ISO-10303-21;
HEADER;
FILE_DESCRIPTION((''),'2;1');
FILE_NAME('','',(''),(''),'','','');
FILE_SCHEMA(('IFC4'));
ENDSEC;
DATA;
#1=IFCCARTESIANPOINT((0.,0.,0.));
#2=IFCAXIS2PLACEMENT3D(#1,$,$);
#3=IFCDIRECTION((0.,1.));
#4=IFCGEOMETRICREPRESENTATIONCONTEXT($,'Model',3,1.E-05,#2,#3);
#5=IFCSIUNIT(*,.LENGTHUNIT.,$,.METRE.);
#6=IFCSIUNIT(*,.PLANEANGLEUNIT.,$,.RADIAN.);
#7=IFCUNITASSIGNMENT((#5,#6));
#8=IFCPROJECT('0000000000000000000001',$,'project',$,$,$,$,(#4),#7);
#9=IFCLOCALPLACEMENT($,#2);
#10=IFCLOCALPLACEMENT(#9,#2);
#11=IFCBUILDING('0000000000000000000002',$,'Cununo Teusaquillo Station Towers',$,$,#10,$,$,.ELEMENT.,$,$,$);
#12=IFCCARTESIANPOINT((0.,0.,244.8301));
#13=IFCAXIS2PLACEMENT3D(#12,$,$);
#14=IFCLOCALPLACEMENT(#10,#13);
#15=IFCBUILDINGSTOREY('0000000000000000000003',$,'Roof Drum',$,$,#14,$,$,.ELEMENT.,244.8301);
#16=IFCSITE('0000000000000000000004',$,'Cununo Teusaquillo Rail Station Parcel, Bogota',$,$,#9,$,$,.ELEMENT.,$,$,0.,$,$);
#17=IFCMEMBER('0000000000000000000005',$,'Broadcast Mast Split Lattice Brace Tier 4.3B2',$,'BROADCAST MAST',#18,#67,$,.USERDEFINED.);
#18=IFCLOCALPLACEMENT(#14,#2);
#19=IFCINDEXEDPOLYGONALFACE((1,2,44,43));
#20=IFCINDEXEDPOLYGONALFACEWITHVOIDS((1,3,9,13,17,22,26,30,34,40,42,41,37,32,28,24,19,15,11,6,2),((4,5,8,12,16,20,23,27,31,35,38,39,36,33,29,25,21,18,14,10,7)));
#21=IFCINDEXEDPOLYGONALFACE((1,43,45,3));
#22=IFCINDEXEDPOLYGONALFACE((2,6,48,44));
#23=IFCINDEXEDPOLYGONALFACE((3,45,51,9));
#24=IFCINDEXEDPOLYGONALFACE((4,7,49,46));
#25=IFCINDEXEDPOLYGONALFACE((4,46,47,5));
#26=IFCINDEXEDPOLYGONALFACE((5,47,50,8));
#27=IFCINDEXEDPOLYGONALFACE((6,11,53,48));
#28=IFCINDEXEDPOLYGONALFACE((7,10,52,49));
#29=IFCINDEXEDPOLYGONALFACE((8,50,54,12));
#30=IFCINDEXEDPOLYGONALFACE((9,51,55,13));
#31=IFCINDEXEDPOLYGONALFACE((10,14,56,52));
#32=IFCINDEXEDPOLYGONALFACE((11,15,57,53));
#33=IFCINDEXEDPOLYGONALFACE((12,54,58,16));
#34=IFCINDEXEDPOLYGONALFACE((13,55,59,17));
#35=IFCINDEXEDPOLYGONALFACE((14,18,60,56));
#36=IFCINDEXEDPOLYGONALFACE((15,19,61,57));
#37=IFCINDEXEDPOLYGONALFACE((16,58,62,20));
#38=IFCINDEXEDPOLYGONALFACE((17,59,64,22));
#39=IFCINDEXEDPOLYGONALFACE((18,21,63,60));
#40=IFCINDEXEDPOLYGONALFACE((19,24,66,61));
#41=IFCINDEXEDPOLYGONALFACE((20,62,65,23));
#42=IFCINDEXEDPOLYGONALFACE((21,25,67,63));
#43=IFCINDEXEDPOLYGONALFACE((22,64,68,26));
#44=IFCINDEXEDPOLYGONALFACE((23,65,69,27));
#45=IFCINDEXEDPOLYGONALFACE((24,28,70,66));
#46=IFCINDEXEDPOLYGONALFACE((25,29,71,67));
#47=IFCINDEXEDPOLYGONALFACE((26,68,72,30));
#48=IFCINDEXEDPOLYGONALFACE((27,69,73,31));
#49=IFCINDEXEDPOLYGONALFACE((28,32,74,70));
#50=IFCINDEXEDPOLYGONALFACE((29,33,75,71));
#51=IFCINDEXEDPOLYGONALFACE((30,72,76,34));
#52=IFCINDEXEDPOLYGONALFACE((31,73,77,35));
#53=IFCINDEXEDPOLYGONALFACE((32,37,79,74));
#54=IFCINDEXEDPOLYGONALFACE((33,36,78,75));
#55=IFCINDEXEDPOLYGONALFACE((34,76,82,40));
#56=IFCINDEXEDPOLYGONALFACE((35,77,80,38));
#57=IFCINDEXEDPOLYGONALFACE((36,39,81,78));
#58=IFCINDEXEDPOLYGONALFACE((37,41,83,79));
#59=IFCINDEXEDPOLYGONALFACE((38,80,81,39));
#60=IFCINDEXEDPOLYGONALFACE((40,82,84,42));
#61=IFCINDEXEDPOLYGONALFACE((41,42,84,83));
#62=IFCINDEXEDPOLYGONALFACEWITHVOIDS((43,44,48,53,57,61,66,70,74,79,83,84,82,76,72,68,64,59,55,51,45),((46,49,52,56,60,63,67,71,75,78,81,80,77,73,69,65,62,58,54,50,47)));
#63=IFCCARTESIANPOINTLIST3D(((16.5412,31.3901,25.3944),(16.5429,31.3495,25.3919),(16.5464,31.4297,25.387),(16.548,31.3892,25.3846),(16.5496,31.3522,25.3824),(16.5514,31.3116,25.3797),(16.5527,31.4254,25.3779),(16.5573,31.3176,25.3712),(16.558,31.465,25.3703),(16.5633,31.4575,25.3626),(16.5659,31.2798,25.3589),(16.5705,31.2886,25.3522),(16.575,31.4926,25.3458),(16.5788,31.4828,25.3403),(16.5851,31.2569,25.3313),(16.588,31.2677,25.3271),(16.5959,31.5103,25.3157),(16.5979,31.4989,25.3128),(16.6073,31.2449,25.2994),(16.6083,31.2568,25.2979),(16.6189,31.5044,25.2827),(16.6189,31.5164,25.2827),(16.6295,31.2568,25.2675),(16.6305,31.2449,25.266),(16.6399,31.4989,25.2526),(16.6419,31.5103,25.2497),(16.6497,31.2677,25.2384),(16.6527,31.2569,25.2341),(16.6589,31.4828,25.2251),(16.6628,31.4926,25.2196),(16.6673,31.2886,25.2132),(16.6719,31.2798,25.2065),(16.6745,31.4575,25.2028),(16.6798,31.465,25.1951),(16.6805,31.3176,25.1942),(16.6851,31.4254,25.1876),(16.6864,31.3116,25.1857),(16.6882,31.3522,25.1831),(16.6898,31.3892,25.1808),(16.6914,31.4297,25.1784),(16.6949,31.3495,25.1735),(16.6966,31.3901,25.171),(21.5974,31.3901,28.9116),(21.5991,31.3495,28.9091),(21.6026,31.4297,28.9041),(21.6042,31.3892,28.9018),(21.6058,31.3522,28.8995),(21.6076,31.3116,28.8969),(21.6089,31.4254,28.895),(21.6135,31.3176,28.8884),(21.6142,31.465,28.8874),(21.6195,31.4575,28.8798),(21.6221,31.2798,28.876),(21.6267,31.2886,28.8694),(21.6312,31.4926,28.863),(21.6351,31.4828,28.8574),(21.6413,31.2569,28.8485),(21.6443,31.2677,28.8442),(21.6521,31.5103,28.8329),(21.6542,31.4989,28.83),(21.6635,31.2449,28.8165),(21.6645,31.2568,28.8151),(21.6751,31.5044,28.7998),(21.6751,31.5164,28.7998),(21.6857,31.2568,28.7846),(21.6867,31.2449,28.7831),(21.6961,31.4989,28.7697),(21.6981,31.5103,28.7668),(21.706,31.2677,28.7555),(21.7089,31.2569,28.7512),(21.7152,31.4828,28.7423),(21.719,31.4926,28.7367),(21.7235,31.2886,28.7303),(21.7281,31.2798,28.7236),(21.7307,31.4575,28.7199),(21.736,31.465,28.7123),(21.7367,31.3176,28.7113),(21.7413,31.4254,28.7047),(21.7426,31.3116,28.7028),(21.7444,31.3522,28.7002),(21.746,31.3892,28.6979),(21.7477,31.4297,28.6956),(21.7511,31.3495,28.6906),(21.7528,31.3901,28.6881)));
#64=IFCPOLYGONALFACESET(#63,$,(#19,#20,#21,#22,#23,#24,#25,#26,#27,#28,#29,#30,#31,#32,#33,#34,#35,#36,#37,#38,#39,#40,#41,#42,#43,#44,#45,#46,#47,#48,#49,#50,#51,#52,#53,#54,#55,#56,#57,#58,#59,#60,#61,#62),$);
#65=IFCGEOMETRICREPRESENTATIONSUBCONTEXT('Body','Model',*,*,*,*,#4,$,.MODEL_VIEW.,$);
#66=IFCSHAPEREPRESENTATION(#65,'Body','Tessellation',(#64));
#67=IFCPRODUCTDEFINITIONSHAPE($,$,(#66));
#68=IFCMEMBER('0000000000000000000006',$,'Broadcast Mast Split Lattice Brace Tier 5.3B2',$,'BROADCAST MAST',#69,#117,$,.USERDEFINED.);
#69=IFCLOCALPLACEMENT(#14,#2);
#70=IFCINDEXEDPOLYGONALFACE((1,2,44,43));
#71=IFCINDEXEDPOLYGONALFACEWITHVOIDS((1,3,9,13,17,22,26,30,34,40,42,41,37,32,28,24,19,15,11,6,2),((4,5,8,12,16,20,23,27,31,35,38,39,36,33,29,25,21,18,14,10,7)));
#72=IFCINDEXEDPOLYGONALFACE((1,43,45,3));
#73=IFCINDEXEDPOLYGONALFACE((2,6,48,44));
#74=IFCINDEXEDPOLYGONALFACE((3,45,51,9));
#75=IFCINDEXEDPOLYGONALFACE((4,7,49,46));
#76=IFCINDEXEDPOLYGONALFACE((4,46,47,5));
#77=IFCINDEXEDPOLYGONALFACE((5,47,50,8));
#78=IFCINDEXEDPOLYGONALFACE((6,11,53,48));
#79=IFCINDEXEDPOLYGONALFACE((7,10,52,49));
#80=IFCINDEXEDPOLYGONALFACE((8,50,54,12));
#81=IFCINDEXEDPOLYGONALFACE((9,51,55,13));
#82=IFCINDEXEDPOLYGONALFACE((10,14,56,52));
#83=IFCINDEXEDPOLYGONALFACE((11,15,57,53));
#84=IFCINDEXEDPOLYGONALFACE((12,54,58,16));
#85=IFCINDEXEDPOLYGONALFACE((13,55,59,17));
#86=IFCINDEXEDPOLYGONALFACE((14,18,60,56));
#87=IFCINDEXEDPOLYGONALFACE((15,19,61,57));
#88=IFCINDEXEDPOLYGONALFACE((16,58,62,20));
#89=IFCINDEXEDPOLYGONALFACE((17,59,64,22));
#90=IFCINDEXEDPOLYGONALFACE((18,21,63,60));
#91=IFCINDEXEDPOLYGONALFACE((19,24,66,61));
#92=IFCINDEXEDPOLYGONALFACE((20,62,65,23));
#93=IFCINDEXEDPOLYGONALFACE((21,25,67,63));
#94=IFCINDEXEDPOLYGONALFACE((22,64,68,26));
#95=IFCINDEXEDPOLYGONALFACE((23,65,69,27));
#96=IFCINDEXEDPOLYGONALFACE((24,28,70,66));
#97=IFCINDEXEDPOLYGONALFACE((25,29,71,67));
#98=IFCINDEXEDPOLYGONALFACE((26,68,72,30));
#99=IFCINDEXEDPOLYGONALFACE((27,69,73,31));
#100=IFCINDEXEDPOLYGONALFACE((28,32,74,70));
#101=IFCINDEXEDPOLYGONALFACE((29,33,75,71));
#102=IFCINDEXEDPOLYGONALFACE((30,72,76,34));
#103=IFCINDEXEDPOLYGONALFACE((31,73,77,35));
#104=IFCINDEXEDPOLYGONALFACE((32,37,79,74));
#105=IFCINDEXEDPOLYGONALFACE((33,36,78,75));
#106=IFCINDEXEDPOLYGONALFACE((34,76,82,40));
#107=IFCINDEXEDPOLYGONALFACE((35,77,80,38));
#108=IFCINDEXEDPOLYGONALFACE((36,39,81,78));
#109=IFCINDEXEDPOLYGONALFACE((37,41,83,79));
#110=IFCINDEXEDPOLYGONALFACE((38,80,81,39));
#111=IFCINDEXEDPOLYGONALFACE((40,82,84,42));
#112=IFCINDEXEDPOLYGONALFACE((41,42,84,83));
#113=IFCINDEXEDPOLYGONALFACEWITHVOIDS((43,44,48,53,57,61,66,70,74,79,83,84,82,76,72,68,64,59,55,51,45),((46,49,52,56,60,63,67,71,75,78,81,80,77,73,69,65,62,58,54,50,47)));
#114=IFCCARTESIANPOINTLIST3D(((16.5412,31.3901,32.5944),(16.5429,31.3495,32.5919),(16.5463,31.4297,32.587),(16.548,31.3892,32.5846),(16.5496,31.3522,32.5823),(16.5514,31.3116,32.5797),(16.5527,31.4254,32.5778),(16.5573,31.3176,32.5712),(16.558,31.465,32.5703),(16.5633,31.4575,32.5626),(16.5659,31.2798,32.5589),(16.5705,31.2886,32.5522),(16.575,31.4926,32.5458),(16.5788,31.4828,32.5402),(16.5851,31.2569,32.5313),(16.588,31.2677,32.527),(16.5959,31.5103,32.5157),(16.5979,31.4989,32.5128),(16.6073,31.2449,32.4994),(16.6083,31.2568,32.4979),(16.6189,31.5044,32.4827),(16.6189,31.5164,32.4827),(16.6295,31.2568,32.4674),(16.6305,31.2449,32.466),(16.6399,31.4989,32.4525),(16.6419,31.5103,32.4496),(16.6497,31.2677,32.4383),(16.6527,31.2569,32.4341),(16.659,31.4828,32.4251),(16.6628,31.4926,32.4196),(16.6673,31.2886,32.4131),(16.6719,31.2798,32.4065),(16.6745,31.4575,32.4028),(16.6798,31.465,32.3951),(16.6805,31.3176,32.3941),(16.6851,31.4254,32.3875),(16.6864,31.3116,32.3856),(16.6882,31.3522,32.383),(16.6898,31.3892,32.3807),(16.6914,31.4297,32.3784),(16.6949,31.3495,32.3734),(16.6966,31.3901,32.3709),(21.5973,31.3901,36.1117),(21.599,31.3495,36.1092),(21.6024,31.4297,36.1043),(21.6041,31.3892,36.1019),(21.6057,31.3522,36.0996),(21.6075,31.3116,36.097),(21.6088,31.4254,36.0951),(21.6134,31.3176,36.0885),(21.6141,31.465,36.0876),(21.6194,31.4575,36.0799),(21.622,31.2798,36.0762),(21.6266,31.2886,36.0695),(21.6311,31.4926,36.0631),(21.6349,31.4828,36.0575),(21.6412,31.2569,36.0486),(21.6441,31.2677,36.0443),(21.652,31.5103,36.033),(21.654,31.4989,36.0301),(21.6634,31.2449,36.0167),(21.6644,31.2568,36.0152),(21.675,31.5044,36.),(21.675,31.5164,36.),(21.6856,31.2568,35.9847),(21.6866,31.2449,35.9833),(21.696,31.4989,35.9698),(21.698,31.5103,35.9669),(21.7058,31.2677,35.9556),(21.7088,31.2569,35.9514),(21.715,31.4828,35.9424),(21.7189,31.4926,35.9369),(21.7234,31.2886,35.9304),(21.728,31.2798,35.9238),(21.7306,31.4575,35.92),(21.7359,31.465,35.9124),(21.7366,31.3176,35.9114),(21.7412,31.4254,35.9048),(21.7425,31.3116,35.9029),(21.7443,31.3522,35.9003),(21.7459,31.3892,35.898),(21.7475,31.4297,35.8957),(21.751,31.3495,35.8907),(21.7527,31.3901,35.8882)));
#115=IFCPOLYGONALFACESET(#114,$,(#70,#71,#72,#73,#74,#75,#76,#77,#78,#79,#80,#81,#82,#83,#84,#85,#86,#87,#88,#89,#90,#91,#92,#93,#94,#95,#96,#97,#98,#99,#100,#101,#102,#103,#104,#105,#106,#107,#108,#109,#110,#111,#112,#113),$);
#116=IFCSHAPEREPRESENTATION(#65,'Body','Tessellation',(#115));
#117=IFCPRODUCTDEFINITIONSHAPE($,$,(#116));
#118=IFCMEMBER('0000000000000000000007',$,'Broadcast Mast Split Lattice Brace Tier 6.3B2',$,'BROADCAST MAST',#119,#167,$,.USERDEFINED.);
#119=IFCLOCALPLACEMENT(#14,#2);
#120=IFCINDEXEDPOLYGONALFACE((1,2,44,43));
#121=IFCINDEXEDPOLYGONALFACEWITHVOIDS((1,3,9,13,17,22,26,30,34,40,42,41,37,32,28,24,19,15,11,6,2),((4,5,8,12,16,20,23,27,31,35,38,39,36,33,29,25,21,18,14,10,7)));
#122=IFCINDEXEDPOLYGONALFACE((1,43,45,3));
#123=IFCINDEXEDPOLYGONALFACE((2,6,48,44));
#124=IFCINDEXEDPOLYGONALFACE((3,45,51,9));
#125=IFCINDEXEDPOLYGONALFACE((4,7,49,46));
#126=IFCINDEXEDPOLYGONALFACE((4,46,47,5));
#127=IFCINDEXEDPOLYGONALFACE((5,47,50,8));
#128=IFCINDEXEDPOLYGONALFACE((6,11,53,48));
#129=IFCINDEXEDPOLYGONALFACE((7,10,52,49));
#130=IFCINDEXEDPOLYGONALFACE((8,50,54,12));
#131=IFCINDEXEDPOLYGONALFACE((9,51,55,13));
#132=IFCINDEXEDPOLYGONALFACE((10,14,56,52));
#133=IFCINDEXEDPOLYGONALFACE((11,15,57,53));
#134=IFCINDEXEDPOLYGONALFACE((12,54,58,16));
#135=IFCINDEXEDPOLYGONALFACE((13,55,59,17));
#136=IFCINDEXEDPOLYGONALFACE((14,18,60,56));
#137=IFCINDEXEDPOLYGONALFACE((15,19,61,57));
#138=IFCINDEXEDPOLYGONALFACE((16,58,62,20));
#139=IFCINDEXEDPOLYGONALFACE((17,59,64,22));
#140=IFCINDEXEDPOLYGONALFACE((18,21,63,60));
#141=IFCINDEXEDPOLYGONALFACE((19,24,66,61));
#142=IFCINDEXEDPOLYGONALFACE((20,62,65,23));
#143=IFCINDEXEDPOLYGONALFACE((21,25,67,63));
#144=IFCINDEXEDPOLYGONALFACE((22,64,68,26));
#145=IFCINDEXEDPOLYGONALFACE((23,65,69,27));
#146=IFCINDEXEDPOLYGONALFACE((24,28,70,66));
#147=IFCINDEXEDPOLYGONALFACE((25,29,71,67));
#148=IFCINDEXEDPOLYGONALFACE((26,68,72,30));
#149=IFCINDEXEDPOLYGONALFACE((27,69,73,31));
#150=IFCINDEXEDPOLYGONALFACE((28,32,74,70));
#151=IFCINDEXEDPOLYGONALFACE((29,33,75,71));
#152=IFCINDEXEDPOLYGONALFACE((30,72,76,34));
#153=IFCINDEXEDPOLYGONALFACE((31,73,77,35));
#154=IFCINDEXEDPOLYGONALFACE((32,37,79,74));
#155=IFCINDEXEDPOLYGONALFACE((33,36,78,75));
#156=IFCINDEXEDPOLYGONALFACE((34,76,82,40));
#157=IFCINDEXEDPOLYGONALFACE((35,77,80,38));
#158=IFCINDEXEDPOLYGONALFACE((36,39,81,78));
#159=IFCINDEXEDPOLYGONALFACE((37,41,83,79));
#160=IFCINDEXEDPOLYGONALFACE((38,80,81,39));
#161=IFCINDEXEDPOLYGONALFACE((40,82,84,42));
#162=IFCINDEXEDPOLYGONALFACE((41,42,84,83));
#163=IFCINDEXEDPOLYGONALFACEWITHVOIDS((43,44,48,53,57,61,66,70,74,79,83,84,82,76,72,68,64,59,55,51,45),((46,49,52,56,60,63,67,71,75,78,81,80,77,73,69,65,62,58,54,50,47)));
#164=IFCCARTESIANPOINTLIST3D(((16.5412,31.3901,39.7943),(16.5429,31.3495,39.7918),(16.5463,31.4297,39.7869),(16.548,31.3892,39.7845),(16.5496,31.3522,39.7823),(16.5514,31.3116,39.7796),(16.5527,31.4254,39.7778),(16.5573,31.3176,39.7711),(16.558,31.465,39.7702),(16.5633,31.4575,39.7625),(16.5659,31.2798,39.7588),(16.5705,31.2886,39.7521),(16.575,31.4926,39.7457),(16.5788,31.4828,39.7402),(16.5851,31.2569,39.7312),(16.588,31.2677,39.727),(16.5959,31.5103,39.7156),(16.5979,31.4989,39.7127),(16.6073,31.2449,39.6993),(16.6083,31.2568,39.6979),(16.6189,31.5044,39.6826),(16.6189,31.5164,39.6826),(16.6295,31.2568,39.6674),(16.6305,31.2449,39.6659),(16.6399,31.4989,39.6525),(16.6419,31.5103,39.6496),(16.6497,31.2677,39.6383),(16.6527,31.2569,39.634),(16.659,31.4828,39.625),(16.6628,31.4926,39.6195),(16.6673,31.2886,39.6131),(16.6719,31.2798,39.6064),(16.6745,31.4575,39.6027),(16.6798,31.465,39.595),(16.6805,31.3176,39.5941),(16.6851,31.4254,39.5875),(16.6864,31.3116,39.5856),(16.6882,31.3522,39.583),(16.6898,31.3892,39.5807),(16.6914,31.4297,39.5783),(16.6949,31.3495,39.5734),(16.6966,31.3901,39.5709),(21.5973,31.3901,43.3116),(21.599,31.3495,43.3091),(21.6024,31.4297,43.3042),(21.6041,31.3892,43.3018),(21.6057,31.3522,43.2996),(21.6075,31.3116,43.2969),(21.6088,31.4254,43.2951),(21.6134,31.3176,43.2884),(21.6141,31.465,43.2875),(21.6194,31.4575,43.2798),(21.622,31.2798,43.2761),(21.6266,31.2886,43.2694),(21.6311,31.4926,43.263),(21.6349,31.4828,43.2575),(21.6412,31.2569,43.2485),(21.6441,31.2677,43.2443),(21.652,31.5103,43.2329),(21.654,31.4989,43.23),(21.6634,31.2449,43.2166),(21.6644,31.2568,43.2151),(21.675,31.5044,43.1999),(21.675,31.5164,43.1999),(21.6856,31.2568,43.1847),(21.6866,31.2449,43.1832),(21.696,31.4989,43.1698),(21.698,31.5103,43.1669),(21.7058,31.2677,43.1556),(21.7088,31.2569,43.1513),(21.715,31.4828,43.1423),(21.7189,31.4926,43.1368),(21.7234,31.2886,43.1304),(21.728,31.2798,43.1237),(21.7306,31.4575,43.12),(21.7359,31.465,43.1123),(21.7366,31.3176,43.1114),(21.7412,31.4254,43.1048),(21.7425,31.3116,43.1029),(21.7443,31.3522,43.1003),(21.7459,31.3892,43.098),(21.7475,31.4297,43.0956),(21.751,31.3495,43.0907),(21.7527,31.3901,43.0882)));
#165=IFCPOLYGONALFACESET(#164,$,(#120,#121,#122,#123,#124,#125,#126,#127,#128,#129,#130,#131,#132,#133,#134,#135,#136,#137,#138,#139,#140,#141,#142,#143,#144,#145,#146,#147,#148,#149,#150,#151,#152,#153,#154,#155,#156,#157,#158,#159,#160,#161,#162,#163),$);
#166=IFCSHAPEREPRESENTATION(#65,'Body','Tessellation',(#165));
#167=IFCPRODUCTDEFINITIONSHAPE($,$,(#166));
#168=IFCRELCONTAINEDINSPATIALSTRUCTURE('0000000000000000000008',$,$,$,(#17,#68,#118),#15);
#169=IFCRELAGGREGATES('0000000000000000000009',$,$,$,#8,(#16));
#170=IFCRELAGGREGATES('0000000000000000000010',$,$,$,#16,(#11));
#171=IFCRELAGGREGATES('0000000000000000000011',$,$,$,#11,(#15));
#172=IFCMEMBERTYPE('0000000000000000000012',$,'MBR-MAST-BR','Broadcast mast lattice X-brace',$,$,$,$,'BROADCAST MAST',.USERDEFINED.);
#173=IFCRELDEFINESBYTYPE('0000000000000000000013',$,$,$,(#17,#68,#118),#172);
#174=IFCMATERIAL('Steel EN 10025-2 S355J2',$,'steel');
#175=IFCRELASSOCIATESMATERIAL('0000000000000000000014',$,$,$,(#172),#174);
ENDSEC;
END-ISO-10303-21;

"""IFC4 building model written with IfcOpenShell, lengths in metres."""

from ifc_helpers import new_model, si_unit, direction, frame, origin, origin_2d, place, context, subcontext, project, spatial, hollow_circle, extrude, material, material_profile, profile_set, type_object, element, save


model = new_model("IFC4")

# Units and contexts
model_context = context("Model", 3, precision=1e-05, world=origin(), true_north=direction((0.0, 1.0)))
body_context = subcontext(model_context, "Body", "Model", "MODEL_VIEW")
ifc_project = project(units=[si_unit("LENGTHUNIT", "METRE"), si_unit("PLANEANGLEUNIT", "RADIAN")], contexts=[model_context])

# Site, building, storey
site_placement = place(None, origin())
site = spatial("IfcSite", under=ifc_project, at=site_placement, Name="Cununo Teusaquillo Rail Station Parcel, Bogota", CompositionType="ELEMENT", RefElevation=0.0)
building_placement = place(site_placement, origin())
building = spatial("IfcBuilding", under=site, at=building_placement, Name="Cununo Teusaquillo Station Towers", CompositionType="ELEMENT")
storey_placement = place(building_placement, frame((0.0, 0.0, 244.8301)))
storey = spatial("IfcBuildingStorey", under=building, at=storey_placement, Name="Roof Drum", CompositionType="ELEMENT", Elevation=244.8301)

# Members
ifc_material_1 = material(Name="Steel EN 10025-2 S355J2", Category="steel")
ifc_material_profile_1 = material_profile(ifc_material_1, hollow_circle(Radius=0.1365, WallThickness=0.012, at=origin_2d()), Name="CHS 273x12")
ifc_profile_set_1 = profile_set([ifc_material_profile_1], Name="Steel EN 10025-2 S355J2")
member_type = type_object("IfcMemberType", Name="MBR-MAST-BR", Description="Broadcast mast lattice X-brace", ElementType="BROADCAST MAST", PredefinedType="USERDEFINED", material=ifc_profile_set_1)
for number, where, z_axis, x_axis, name in (
    (1, (16.6189, 31.3799, 25.2827), (0.820923, 0.0, 0.571039), (0.0, 1.0, 0.0), "Broadcast Mast Split Lattice Brace Tier 4.3B2"),
    (2, (16.6189, 31.3799, 32.4827), (0.820904, 0.0, 0.571066), (0.0, 1.0, 0.0), "Broadcast Mast Split Lattice Brace Tier 5.3B2"),
    (3, (16.6189, 31.3799, 39.6826), (0.820904, 0.0, 0.571066), (0.0, 1.0, 0.0), "Broadcast Mast Split Lattice Brace Tier 6.3B2"),
):
    element("IfcMember", number, at=place(storey_placement, frame(where, z_axis=z_axis, x_axis=x_axis)), inside=storey, type_object=member_type, Name=name, ObjectType="BROADCAST MAST", PredefinedType="USERDEFINED", context=body_context, shape_type="SweptSolid", body=[
        extrude(hollow_circle(Radius=0.1365, WallThickness=0.012, at=origin_2d()), origin(), (0.0, 0.0, 1.0), 6.1592),
    ])

save(model, "model.ifc")
